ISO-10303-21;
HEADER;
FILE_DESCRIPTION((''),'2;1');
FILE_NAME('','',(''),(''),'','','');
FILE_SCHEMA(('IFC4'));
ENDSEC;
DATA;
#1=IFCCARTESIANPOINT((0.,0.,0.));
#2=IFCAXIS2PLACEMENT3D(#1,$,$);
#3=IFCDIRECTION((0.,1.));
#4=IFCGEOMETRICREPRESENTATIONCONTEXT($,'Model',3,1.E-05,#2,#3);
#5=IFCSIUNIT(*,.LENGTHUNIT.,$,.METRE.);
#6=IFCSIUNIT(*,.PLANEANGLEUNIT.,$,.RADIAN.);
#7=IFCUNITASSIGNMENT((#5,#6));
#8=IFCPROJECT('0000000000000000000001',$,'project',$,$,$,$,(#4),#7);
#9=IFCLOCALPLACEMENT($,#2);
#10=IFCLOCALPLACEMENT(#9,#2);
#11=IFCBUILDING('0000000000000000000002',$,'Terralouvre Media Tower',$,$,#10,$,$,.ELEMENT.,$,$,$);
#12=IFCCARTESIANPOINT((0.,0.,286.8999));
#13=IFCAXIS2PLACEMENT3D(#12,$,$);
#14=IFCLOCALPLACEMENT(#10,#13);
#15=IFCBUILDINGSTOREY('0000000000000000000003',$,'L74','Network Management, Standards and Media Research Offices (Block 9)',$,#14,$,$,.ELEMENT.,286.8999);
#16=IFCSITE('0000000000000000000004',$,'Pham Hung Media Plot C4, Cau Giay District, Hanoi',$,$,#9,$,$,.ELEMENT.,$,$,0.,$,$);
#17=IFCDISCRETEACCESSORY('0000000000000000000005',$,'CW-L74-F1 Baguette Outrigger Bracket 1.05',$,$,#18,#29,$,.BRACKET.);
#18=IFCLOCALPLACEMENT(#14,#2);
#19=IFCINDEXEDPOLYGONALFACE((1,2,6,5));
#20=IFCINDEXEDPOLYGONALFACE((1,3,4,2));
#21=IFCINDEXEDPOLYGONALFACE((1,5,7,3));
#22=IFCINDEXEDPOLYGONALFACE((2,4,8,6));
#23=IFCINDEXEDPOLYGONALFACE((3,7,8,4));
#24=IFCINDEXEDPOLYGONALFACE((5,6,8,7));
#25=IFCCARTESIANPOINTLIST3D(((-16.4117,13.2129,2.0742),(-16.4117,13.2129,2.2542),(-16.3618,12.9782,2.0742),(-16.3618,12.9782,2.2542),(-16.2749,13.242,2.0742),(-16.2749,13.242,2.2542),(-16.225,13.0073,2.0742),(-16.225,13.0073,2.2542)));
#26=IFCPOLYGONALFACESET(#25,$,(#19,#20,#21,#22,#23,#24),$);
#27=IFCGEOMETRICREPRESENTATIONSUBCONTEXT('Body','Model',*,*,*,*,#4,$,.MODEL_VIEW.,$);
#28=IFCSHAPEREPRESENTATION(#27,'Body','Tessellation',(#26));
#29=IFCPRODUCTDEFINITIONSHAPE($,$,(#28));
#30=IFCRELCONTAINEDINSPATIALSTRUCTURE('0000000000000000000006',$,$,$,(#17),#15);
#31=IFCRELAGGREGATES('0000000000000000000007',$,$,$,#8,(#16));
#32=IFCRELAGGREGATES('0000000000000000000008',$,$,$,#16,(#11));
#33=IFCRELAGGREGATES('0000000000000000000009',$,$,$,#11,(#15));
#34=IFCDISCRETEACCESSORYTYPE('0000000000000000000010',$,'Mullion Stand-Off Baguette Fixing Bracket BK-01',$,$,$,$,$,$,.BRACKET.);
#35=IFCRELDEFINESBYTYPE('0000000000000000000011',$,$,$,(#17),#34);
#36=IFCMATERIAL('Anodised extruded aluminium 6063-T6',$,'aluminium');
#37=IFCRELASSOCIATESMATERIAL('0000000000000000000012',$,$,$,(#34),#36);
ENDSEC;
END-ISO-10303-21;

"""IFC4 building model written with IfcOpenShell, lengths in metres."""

from ifc_helpers import new_model, si_unit, direction, frame, origin, origin_2d, place, context, subcontext, project, spatial, rectangle, extrude, material, type_object, element, save


model = new_model("IFC4")

# Units and contexts
model_context = context("Model", 3, precision=1e-05, world=origin(), true_north=direction((0.0, 1.0)))
body_context = subcontext(model_context, "Body", "Model", "MODEL_VIEW")
ifc_project = project(units=[si_unit("LENGTHUNIT", "METRE"), si_unit("PLANEANGLEUNIT", "RADIAN")], contexts=[model_context])

# Site, building, storey
site_placement = place(None, origin())
site = spatial("IfcSite", under=ifc_project, at=site_placement, Name="Pham Hung Media Plot C4, Cau Giay District, Hanoi", CompositionType="ELEMENT", RefElevation=0.0)
building_placement = place(site_placement, origin())
building = spatial("IfcBuilding", under=site, at=building_placement, Name="Terralouvre Media Tower", CompositionType="ELEMENT")
storey_placement = place(building_placement, frame((0.0, 0.0, 286.8999)))
storey = spatial("IfcBuildingStorey", under=building, at=storey_placement, Name="L74", Description="Network Management, Standards and Media Research Offices (Block 9)", CompositionType="ELEMENT", Elevation=286.8999)

# Discrete accessory
ifc_material_1 = material(Name="Anodised extruded aluminium 6063-T6", Category="aluminium")
discrete_accessory_type = type_object("IfcDiscreteAccessoryType", Name="Mullion Stand-Off Baguette Fixing Bracket BK-01", PredefinedType="BRACKET", material=ifc_material_1)
discrete_accessory_placement = place(storey_placement, frame((-16.3184, 13.1101, 2.0742), z_axis=(0.0, 0.0, 1.0), x_axis=(-0.978148, -0.207912, 0.0)))
element("IfcDiscreteAccessory", 1, at=discrete_accessory_placement, inside=storey, type_object=discrete_accessory_type, Name="CW-L74-F1 Baguette Outrigger Bracket 1.05", PredefinedType="BRACKET", context=body_context, shape_type="SweptSolid", body=[
    extrude(rectangle(XDim=0.1399, YDim=0.24, at=origin_2d()), origin(), (0.0, 0.0, 1.0), 0.1799),
])

save(model, "model.ifc")
